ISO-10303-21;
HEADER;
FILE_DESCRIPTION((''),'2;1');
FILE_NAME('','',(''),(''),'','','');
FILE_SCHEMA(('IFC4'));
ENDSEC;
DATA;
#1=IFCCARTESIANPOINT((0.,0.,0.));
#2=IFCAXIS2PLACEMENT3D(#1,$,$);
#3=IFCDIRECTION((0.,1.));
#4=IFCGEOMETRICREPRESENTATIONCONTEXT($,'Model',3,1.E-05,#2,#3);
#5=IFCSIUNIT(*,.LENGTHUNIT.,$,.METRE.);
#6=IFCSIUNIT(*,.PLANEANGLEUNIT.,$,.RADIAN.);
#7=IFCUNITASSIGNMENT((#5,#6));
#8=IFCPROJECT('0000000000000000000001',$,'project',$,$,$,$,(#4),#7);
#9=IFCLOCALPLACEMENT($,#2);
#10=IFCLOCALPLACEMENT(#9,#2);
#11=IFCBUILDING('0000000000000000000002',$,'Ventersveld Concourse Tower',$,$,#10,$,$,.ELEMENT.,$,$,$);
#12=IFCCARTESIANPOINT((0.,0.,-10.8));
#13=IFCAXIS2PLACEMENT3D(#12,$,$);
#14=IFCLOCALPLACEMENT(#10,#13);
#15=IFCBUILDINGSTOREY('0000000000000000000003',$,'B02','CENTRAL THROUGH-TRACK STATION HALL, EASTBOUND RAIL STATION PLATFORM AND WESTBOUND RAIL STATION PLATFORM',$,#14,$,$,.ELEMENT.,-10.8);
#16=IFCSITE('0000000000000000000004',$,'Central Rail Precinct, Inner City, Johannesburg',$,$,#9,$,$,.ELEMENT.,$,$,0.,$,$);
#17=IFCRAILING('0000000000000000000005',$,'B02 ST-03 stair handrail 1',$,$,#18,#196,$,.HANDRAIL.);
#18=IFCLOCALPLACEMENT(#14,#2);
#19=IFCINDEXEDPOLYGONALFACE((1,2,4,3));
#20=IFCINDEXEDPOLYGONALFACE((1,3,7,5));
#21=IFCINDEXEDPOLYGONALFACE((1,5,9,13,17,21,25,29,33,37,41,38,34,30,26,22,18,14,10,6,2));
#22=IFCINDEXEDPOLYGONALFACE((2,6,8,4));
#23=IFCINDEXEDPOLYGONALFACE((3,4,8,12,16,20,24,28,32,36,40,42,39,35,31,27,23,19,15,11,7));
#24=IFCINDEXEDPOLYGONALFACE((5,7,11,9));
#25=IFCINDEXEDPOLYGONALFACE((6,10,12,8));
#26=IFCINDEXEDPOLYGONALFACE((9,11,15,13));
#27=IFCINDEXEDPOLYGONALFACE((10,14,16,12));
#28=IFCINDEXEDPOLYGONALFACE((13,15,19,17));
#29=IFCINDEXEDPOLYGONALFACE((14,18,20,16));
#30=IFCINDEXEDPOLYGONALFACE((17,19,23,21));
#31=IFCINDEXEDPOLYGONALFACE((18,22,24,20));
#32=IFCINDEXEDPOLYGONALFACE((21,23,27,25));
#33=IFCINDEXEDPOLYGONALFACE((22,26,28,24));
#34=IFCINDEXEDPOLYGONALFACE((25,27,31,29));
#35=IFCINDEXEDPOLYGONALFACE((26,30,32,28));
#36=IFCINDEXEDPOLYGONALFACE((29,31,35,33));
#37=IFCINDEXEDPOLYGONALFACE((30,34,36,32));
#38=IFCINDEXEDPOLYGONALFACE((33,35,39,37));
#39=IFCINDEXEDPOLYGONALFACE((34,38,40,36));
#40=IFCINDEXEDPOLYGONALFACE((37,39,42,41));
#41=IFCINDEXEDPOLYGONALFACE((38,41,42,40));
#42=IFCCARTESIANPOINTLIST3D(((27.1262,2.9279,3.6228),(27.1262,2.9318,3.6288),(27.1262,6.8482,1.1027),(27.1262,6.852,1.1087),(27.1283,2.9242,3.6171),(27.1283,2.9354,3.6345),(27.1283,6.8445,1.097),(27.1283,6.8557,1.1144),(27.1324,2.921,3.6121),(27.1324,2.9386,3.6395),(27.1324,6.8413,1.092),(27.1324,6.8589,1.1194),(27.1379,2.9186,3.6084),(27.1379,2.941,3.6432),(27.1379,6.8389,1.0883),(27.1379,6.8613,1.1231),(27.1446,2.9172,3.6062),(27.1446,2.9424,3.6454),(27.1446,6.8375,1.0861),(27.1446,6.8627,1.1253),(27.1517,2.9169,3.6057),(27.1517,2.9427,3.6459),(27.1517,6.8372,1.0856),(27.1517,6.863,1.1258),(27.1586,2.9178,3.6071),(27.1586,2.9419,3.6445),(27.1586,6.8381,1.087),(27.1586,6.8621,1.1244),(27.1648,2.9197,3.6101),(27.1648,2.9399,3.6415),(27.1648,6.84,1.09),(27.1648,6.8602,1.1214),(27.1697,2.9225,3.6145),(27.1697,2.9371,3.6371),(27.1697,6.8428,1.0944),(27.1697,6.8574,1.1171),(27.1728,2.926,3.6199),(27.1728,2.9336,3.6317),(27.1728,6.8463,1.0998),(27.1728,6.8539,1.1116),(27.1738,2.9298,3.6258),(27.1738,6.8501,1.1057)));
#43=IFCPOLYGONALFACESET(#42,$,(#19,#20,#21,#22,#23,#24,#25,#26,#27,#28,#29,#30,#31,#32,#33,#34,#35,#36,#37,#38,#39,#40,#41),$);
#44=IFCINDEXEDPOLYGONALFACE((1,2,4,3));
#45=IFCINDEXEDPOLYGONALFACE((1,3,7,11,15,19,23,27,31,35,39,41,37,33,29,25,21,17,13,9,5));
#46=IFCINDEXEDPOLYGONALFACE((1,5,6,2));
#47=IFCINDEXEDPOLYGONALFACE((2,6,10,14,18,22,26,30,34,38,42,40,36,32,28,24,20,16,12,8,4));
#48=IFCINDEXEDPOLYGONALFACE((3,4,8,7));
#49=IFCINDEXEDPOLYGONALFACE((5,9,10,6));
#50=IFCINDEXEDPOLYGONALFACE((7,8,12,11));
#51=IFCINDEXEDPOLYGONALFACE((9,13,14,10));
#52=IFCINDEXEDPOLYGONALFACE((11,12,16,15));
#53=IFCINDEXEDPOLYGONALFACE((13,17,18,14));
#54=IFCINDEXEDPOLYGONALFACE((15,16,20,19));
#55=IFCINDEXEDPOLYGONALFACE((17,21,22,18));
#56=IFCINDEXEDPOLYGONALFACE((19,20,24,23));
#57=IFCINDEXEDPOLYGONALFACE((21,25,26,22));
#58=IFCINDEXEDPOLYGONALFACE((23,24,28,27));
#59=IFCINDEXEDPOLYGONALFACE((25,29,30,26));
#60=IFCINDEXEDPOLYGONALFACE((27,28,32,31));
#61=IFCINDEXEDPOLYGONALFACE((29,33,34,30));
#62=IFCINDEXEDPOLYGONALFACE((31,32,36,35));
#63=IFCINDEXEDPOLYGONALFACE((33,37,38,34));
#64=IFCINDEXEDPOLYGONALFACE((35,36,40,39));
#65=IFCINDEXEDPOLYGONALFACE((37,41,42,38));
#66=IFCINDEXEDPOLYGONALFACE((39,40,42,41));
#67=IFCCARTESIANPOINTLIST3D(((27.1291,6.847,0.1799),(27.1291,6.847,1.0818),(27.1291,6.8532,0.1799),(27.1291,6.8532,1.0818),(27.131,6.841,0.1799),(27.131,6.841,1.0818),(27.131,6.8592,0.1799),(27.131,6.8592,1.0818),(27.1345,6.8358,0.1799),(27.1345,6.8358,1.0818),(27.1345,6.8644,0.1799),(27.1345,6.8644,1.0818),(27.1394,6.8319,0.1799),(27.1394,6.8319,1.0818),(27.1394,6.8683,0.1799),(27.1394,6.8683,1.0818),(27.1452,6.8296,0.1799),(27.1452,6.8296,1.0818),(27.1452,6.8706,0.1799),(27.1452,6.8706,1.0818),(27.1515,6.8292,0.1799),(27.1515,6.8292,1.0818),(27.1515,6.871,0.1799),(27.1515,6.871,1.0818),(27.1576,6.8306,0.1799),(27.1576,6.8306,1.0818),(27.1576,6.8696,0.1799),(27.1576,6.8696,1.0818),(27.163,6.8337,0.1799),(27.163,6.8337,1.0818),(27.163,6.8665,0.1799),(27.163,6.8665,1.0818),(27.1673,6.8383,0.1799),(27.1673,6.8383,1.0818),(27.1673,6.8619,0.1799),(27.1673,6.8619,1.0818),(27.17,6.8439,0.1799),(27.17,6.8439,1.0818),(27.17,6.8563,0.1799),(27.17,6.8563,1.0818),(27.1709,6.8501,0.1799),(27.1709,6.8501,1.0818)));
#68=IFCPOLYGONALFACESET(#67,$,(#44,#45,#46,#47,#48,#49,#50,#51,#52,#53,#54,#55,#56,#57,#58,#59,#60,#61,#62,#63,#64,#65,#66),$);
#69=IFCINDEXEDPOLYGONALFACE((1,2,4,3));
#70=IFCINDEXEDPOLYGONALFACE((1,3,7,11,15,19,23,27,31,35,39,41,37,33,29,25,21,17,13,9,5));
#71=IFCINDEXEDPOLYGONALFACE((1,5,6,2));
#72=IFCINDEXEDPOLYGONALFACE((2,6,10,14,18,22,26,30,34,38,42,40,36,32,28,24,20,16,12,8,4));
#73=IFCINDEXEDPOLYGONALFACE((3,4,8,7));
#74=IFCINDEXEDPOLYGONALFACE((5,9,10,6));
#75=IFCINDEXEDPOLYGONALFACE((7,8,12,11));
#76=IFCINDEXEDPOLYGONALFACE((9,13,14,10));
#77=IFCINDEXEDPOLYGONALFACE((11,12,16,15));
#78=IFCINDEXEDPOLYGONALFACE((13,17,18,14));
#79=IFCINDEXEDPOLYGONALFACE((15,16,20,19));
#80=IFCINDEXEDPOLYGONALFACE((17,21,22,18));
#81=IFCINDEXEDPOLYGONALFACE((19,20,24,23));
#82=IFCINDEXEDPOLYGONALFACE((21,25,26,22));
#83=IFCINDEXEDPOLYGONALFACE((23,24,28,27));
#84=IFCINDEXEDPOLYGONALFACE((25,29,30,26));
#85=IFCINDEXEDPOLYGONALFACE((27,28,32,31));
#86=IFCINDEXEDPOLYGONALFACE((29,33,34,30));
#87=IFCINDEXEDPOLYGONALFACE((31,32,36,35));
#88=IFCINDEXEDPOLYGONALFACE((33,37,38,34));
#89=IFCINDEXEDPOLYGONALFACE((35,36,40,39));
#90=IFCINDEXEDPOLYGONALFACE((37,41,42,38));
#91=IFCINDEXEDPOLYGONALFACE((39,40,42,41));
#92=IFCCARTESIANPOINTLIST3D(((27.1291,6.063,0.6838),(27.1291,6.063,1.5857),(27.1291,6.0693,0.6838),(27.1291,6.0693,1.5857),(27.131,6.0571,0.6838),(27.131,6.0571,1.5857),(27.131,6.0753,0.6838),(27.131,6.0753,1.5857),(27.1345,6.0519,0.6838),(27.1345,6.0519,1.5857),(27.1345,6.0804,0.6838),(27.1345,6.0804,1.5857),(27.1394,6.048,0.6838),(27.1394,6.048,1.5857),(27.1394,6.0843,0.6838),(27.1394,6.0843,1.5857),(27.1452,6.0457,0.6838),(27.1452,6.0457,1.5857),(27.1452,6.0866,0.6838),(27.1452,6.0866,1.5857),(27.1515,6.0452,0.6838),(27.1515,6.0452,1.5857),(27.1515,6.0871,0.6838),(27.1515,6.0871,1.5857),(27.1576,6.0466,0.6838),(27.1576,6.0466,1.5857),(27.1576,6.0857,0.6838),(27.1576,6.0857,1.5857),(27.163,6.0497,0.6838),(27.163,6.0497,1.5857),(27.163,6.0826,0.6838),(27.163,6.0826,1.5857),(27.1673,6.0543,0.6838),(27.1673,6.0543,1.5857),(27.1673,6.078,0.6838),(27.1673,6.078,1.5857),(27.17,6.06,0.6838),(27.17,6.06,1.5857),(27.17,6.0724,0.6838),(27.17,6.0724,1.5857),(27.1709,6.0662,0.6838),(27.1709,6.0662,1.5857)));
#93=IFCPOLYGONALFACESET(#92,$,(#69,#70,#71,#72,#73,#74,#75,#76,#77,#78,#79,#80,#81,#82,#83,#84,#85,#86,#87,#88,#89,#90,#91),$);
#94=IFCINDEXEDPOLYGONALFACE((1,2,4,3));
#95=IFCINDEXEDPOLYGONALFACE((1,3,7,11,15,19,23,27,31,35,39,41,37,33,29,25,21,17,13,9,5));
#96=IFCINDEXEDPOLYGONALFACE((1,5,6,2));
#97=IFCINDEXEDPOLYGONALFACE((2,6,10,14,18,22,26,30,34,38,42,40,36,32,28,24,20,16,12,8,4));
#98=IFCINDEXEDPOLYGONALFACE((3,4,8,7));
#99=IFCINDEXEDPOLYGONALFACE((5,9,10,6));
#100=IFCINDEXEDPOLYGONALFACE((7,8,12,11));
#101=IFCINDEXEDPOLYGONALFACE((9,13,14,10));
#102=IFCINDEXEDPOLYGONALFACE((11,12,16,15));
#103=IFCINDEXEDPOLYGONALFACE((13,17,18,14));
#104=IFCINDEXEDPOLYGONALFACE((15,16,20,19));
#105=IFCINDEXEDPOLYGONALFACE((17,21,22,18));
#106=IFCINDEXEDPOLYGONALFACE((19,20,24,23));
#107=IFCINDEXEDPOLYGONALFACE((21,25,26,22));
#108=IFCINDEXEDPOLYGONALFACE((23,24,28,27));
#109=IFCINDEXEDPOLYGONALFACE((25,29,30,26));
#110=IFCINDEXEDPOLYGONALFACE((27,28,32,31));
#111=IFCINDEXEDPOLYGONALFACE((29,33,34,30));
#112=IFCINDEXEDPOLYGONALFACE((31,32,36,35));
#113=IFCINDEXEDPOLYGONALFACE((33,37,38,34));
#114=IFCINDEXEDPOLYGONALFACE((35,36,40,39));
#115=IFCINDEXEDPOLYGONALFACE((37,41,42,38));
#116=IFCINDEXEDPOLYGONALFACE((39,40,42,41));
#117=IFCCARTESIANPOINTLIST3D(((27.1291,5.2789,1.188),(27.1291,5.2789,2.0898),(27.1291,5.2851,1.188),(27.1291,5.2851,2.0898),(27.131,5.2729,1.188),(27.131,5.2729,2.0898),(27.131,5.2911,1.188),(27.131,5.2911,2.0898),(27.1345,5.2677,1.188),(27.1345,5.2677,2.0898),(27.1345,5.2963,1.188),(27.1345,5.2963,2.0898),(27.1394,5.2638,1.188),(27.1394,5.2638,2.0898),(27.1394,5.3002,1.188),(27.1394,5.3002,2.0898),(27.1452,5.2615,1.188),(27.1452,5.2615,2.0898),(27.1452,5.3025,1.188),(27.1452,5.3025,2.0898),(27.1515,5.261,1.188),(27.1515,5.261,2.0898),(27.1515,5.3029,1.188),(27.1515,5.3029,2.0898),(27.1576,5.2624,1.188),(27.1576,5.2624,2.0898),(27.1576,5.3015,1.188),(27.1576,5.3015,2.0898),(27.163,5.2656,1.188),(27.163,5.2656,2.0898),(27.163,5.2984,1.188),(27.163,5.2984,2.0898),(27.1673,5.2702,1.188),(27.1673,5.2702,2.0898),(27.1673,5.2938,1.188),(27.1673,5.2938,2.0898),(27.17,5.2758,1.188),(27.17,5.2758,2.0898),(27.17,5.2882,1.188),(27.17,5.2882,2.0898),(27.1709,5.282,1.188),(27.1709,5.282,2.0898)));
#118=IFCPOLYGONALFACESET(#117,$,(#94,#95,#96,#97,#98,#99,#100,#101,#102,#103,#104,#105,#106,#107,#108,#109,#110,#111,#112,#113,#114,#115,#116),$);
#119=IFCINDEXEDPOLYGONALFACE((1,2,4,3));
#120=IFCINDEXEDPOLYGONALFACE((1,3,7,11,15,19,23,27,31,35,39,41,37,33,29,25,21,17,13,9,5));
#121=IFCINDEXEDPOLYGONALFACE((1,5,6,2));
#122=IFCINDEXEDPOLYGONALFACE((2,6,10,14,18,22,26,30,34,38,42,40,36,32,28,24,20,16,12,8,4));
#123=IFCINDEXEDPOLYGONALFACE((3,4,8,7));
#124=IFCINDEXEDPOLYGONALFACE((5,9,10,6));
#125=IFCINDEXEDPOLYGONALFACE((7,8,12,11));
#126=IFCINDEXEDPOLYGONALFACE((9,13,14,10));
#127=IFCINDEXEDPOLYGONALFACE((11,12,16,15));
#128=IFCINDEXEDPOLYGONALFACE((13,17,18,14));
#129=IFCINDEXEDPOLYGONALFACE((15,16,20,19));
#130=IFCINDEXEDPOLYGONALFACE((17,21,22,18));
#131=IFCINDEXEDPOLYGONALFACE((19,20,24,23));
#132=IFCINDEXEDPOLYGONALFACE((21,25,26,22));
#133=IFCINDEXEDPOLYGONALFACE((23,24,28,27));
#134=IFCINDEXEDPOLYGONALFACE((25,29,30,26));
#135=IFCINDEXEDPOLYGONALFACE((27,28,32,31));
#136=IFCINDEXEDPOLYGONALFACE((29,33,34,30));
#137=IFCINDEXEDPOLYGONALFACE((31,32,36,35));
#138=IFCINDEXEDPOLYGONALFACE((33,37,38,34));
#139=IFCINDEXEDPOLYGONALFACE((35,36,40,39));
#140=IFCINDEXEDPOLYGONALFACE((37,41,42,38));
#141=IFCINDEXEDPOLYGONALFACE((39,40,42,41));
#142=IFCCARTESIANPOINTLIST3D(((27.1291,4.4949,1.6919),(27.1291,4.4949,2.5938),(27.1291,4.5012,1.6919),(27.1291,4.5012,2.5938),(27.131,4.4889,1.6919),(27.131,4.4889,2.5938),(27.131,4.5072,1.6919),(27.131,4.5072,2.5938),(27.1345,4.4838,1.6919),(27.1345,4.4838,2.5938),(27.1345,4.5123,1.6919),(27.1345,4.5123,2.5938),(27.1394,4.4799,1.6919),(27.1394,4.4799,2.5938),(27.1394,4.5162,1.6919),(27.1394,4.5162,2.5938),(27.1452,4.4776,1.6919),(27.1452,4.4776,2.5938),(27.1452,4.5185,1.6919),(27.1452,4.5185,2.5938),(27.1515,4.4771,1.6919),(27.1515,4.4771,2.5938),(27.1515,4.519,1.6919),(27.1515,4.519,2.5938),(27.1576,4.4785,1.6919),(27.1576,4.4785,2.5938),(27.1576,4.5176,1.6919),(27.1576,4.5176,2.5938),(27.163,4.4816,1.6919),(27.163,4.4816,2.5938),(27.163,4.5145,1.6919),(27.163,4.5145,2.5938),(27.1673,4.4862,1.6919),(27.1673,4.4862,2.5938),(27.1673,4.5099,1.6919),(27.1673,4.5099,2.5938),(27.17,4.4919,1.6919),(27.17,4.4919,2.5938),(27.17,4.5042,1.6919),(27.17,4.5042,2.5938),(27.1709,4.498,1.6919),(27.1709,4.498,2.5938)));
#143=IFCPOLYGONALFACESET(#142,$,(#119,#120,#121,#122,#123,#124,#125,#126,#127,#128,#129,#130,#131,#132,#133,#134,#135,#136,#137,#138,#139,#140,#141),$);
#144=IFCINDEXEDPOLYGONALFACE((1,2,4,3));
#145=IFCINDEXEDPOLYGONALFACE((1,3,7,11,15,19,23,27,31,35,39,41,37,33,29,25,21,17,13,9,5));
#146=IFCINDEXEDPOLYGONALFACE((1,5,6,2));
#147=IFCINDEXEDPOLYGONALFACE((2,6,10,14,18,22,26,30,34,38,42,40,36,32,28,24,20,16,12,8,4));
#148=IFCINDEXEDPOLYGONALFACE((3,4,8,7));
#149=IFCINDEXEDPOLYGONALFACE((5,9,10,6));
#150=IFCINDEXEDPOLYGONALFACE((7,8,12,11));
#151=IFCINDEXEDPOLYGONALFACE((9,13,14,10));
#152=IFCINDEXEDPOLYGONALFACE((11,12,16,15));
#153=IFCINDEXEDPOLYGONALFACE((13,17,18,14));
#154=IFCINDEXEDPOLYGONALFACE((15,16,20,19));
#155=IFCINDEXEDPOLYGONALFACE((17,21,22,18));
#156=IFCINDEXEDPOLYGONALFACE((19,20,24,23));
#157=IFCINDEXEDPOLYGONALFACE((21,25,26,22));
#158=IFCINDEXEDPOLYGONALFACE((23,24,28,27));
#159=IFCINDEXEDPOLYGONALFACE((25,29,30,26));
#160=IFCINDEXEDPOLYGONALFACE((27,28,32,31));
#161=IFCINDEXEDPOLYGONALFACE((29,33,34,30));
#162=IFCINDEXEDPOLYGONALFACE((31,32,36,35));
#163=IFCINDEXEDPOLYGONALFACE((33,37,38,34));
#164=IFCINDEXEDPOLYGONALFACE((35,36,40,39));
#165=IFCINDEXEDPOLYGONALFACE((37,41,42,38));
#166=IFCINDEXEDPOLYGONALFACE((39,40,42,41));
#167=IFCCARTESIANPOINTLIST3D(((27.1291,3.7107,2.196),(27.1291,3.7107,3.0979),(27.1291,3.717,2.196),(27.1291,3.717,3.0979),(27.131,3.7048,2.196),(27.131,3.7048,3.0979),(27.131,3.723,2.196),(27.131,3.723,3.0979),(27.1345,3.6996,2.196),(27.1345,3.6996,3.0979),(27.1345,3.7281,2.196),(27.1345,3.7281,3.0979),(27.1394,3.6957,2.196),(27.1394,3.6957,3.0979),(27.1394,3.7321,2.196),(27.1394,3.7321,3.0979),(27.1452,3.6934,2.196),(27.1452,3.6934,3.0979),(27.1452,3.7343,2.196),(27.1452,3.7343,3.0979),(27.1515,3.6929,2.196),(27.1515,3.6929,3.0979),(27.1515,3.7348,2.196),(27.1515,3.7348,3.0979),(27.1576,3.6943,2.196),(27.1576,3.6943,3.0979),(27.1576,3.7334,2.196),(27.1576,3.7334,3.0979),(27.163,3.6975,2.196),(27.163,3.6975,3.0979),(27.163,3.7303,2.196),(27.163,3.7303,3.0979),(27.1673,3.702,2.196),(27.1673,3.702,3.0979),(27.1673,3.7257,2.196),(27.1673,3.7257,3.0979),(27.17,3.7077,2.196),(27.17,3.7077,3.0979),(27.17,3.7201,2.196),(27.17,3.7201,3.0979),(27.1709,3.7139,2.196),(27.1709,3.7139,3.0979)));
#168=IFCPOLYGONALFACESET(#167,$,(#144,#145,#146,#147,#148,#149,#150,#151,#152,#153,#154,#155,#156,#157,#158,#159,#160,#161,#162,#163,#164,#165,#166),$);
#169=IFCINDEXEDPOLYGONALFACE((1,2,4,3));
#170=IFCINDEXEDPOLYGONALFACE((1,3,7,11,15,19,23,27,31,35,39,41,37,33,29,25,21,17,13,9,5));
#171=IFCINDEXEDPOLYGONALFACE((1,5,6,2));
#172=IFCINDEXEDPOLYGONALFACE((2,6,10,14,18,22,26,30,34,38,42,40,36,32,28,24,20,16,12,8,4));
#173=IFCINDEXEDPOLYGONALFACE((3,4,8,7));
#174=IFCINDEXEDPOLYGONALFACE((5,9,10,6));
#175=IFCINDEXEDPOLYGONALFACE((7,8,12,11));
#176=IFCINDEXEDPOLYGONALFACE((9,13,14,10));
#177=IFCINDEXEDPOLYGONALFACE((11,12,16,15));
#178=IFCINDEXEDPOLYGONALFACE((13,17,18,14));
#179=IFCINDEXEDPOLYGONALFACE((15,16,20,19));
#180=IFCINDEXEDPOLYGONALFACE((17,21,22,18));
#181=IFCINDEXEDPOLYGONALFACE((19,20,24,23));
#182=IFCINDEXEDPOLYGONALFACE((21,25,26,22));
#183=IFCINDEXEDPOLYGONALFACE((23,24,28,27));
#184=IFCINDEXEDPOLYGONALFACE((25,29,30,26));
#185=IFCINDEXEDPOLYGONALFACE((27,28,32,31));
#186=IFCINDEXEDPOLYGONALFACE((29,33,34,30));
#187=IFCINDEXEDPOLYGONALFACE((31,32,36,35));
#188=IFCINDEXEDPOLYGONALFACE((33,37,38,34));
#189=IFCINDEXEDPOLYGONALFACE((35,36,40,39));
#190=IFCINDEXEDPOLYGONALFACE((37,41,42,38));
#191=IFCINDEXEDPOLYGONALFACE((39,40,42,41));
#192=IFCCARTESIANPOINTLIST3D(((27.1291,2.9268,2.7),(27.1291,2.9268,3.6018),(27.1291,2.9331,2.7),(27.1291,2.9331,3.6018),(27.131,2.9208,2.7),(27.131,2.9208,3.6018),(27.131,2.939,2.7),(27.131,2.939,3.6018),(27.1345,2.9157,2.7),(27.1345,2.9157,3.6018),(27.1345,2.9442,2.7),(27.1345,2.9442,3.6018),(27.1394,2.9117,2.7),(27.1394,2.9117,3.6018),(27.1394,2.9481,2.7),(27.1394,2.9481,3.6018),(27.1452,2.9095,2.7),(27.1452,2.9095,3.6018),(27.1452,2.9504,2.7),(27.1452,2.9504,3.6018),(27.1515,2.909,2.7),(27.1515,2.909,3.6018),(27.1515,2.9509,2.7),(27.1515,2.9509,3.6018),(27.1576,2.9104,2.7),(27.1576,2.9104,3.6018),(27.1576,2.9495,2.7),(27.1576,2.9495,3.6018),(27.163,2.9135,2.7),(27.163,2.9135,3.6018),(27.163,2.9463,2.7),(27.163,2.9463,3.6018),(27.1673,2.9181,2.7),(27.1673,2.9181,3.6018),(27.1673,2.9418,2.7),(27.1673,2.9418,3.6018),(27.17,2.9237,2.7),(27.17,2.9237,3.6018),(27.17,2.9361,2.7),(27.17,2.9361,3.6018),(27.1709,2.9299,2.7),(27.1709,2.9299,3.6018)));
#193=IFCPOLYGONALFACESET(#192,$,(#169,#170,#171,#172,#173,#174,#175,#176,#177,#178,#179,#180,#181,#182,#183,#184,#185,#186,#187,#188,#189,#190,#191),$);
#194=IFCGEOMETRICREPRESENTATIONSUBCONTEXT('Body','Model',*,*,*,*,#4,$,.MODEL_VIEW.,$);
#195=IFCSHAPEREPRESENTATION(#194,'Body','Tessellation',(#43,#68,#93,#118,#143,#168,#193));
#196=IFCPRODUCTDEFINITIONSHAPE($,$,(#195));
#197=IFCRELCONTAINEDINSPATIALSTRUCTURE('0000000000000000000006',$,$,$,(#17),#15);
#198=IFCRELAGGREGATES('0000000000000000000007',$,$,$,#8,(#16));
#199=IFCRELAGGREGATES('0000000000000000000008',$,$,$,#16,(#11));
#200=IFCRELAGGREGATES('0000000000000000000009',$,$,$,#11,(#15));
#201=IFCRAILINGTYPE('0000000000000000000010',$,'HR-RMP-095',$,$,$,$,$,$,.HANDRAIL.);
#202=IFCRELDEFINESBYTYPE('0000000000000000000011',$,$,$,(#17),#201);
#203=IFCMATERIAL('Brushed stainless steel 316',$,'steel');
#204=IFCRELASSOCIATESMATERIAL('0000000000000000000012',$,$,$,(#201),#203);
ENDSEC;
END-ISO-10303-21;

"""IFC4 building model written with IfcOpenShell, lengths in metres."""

from ifc_helpers import new_model, si_unit, direction, frame, origin, origin_2d, place, context, subcontext, project, spatial, circle, extrude, material, type_object, element, save


model = new_model("IFC4")

# Units and contexts
model_context = context("Model", 3, precision=1e-05, world=origin(), true_north=direction((0.0, 1.0)))
body_context = subcontext(model_context, "Body", "Model", "MODEL_VIEW")
ifc_project = project(units=[si_unit("LENGTHUNIT", "METRE"), si_unit("PLANEANGLEUNIT", "RADIAN")], contexts=[model_context])

# Site, building, storey
site_placement = place(None, origin())
site = spatial("IfcSite", under=ifc_project, at=site_placement, Name="Central Rail Precinct, Inner City, Johannesburg", CompositionType="ELEMENT", RefElevation=0.0)
building_placement = place(site_placement, origin())
building = spatial("IfcBuilding", under=site, at=building_placement, Name="Ventersveld Concourse Tower", CompositionType="ELEMENT")
storey_placement = place(building_placement, frame((0.0, 0.0, -10.8)))
storey = spatial("IfcBuildingStorey", under=building, at=storey_placement, Name="B02", Description="CENTRAL THROUGH-TRACK STATION HALL, EASTBOUND RAIL STATION PLATFORM AND WESTBOUND RAIL STATION PLATFORM", CompositionType="ELEMENT", Elevation=-10.8)

# Railing
ifc_material_1 = material(Name="Brushed stainless steel 316", Category="steel")
railing_type_1 = type_object("IfcRailingType", Name="HR-RMP-095", PredefinedType="HANDRAIL", material=ifc_material_1)
railing_1_placement = place(storey_placement, frame((27.1499, 6.8501, 0.1799)))
element("IfcRailing", 1, at=railing_1_placement, inside=storey, type_object=railing_type_1, Name="B02 ST-03 stair handrail 1", PredefinedType="HANDRAIL", context=body_context, shape_type="SweptSolid", body=[
    extrude(circle(Radius=0.0239, at=origin_2d()), frame((0.0, 0.0, 0.9258), z_axis=(0.0, -0.841187, 0.540744), x_axis=(1.0, 0.0, 0.0)), (0.0, 0.0, 1.0), 4.6604),
    extrude(circle(Radius=0.021, at=origin_2d()), origin(), (0.0, 0.0, 1.0), 0.9019),
    extrude(circle(Radius=0.021, at=origin_2d()), frame((0.0, -0.7839, 0.5039)), (0.0, 0.0, 1.0), 0.9019),
    extrude(circle(Radius=0.021, at=origin_2d()), frame((0.0, -1.5681, 1.0081)), (0.0, 0.0, 1.0), 0.9019),
    extrude(circle(Radius=0.021, at=origin_2d()), frame((0.0, -2.3521, 1.512)), (0.0, 0.0, 1.0), 0.9019),
    extrude(circle(Radius=0.021, at=origin_2d()), frame((0.0, -3.1362, 2.0161)), (0.0, 0.0, 1.0), 0.9019),
    extrude(circle(Radius=0.021, at=origin_2d()), frame((0.0, -3.9202, 2.52)), (0.0, 0.0, 1.0), 0.9019),
])

save(model, "model.ifc")
